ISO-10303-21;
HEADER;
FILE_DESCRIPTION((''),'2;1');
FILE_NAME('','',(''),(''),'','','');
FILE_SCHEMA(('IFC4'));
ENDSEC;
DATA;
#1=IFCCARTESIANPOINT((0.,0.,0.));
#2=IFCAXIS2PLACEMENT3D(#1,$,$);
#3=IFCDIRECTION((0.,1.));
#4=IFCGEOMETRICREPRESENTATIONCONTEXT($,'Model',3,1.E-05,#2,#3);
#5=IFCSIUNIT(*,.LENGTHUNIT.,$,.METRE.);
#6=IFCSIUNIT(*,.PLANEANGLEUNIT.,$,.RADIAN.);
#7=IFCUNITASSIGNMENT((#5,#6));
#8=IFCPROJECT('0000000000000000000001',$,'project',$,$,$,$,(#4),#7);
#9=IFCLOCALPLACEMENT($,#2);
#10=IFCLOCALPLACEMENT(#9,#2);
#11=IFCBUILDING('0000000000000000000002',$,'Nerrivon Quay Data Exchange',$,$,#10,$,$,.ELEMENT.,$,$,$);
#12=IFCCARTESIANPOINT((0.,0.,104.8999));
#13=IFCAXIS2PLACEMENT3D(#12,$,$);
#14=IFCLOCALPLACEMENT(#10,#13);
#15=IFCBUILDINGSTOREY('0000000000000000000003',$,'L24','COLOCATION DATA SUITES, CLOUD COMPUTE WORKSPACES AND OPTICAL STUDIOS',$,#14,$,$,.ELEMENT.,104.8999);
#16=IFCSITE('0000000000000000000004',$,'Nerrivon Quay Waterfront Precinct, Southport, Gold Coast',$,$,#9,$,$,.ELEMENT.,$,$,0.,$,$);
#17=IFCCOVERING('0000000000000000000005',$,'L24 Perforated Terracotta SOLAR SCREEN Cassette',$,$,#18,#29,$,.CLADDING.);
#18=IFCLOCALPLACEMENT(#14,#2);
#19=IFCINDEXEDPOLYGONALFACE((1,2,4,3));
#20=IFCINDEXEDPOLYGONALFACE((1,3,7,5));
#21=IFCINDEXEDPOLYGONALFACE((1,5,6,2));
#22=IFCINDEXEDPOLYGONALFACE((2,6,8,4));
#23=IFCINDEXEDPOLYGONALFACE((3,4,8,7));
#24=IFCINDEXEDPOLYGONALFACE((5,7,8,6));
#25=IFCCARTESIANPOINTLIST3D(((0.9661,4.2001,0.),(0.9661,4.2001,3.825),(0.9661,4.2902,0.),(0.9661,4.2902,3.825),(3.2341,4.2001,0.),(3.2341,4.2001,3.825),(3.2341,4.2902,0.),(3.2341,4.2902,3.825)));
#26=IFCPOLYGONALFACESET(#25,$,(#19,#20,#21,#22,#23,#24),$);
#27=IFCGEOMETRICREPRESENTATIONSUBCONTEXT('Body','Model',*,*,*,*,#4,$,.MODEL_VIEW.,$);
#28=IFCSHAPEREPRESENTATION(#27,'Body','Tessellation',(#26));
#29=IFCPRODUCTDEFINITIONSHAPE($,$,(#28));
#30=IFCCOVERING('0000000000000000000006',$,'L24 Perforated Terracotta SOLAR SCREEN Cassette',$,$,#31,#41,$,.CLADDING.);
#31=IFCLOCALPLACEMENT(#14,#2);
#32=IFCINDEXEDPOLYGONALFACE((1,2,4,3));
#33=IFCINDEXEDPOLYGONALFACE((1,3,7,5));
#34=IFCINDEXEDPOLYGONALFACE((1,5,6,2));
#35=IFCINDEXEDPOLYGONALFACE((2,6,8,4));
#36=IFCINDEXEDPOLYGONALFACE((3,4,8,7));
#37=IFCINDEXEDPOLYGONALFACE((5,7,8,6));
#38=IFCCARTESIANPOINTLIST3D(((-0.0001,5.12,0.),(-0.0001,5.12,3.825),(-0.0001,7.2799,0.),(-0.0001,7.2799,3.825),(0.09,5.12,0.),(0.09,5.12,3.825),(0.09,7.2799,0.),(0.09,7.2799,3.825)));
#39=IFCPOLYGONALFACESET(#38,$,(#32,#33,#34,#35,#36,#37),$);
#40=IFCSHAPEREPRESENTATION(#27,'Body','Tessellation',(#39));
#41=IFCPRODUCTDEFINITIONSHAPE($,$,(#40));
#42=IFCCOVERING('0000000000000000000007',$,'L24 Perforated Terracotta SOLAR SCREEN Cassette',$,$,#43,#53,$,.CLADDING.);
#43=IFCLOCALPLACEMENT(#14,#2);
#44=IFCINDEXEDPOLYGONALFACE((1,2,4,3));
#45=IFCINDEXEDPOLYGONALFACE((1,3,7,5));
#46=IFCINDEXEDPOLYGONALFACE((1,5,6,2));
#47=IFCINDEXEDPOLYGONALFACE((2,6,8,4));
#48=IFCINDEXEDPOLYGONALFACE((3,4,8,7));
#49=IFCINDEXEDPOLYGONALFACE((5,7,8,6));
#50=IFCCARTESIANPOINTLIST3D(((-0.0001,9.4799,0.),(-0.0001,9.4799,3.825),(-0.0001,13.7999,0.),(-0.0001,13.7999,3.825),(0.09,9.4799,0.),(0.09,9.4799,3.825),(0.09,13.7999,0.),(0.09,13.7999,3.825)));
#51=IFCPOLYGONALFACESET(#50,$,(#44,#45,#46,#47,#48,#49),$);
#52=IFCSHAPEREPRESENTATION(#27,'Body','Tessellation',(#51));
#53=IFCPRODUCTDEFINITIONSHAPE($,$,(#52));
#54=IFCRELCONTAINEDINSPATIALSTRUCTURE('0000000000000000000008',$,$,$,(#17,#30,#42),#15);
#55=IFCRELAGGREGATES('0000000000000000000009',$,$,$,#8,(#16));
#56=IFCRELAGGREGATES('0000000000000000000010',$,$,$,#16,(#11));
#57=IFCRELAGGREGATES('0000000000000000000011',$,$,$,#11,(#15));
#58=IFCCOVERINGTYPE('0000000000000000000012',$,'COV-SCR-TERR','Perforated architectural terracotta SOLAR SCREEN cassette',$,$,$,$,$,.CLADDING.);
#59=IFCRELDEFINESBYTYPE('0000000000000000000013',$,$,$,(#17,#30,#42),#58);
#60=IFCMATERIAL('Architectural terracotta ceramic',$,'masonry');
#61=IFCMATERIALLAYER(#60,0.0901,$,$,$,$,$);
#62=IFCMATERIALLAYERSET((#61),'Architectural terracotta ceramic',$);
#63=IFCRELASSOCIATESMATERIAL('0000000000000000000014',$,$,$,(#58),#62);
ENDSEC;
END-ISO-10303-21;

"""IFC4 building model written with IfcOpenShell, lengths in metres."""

from ifc_helpers import new_model, si_unit, direction, frame, origin, origin_2d, place, context, subcontext, project, spatial, rectangle, extrude, material, layer, layer_set, type_object, element, save


model = new_model("IFC4")

# Units and contexts
model_context = context("Model", 3, precision=1e-05, world=origin(), true_north=direction((0.0, 1.0)))
body_context = subcontext(model_context, "Body", "Model", "MODEL_VIEW")
ifc_project = project(units=[si_unit("LENGTHUNIT", "METRE"), si_unit("PLANEANGLEUNIT", "RADIAN")], contexts=[model_context])

# Site, building, storey
site_placement = place(None, origin())
site = spatial("IfcSite", under=ifc_project, at=site_placement, Name="Nerrivon Quay Waterfront Precinct, Southport, Gold Coast", CompositionType="ELEMENT", RefElevation=0.0)
building_placement = place(site_placement, origin())
building = spatial("IfcBuilding", under=site, at=building_placement, Name="Nerrivon Quay Data Exchange", CompositionType="ELEMENT")
storey_placement = place(building_placement, frame((0.0, 0.0, 104.8999)))
storey = spatial("IfcBuildingStorey", under=building, at=storey_placement, Name="L24", Description="COLOCATION DATA SUITES, CLOUD COMPUTE WORKSPACES AND OPTICAL STUDIOS", CompositionType="ELEMENT", Elevation=104.8999)

# Coverings
ifc_material_1 = material(Name="Architectural terracotta ceramic", Category="masonry")
ifc_layer_1 = layer(ifc_material_1, 0.0901)
ifc_layer_set_1 = layer_set([ifc_layer_1], Name="Architectural terracotta ceramic")
covering_type_1 = type_object("IfcCoveringType", Name="COV-SCR-TERR", Description="Perforated architectural terracotta SOLAR SCREEN cassette", PredefinedType="CLADDING", material=ifc_layer_set_1)
covering_1_placement = place(storey_placement, frame((2.1001, 4.2451, 0.0), z_axis=(0.0, 0.0, 1.0), x_axis=(-1.0, 0.0, 0.0)))
element("IfcCovering", 1, at=covering_1_placement, inside=storey, type_object=covering_type_1, Name="L24 Perforated Terracotta SOLAR SCREEN Cassette", PredefinedType="CLADDING", context=body_context, shape_type="SweptSolid", body=[
    extrude(rectangle(XDim=2.2681, YDim=0.0901, at=origin_2d()), origin(), (0.0, 0.0, 1.0), 3.825),
])
covering_2_placement = place(storey_placement, frame((0.0449, 6.2, 0.0), z_axis=(0.0, 0.0, 1.0), x_axis=(0.0, 1.0, 0.0)))
element("IfcCovering", 2, at=covering_2_placement, inside=storey, type_object=covering_type_1, Name="L24 Perforated Terracotta SOLAR SCREEN Cassette", PredefinedType="CLADDING", context=body_context, shape_type="SweptSolid", body=[
    extrude(rectangle(XDim=2.1599, YDim=0.0901, at=origin_2d()), origin(), (0.0, 0.0, 1.0), 3.825),
])
covering_3_placement = place(storey_placement, frame((0.0449, 11.6399, 0.0), z_axis=(0.0, 0.0, 1.0), x_axis=(0.0, 1.0, 0.0)))
element("IfcCovering", 3, at=covering_3_placement, inside=storey, type_object=covering_type_1, Name="L24 Perforated Terracotta SOLAR SCREEN Cassette", PredefinedType="CLADDING", context=body_context, shape_type="SweptSolid", body=[
    extrude(rectangle(XDim=4.3201, YDim=0.0901, at=origin_2d()), origin(), (0.0, 0.0, 1.0), 3.825),
])

save(model, "model.ifc")
